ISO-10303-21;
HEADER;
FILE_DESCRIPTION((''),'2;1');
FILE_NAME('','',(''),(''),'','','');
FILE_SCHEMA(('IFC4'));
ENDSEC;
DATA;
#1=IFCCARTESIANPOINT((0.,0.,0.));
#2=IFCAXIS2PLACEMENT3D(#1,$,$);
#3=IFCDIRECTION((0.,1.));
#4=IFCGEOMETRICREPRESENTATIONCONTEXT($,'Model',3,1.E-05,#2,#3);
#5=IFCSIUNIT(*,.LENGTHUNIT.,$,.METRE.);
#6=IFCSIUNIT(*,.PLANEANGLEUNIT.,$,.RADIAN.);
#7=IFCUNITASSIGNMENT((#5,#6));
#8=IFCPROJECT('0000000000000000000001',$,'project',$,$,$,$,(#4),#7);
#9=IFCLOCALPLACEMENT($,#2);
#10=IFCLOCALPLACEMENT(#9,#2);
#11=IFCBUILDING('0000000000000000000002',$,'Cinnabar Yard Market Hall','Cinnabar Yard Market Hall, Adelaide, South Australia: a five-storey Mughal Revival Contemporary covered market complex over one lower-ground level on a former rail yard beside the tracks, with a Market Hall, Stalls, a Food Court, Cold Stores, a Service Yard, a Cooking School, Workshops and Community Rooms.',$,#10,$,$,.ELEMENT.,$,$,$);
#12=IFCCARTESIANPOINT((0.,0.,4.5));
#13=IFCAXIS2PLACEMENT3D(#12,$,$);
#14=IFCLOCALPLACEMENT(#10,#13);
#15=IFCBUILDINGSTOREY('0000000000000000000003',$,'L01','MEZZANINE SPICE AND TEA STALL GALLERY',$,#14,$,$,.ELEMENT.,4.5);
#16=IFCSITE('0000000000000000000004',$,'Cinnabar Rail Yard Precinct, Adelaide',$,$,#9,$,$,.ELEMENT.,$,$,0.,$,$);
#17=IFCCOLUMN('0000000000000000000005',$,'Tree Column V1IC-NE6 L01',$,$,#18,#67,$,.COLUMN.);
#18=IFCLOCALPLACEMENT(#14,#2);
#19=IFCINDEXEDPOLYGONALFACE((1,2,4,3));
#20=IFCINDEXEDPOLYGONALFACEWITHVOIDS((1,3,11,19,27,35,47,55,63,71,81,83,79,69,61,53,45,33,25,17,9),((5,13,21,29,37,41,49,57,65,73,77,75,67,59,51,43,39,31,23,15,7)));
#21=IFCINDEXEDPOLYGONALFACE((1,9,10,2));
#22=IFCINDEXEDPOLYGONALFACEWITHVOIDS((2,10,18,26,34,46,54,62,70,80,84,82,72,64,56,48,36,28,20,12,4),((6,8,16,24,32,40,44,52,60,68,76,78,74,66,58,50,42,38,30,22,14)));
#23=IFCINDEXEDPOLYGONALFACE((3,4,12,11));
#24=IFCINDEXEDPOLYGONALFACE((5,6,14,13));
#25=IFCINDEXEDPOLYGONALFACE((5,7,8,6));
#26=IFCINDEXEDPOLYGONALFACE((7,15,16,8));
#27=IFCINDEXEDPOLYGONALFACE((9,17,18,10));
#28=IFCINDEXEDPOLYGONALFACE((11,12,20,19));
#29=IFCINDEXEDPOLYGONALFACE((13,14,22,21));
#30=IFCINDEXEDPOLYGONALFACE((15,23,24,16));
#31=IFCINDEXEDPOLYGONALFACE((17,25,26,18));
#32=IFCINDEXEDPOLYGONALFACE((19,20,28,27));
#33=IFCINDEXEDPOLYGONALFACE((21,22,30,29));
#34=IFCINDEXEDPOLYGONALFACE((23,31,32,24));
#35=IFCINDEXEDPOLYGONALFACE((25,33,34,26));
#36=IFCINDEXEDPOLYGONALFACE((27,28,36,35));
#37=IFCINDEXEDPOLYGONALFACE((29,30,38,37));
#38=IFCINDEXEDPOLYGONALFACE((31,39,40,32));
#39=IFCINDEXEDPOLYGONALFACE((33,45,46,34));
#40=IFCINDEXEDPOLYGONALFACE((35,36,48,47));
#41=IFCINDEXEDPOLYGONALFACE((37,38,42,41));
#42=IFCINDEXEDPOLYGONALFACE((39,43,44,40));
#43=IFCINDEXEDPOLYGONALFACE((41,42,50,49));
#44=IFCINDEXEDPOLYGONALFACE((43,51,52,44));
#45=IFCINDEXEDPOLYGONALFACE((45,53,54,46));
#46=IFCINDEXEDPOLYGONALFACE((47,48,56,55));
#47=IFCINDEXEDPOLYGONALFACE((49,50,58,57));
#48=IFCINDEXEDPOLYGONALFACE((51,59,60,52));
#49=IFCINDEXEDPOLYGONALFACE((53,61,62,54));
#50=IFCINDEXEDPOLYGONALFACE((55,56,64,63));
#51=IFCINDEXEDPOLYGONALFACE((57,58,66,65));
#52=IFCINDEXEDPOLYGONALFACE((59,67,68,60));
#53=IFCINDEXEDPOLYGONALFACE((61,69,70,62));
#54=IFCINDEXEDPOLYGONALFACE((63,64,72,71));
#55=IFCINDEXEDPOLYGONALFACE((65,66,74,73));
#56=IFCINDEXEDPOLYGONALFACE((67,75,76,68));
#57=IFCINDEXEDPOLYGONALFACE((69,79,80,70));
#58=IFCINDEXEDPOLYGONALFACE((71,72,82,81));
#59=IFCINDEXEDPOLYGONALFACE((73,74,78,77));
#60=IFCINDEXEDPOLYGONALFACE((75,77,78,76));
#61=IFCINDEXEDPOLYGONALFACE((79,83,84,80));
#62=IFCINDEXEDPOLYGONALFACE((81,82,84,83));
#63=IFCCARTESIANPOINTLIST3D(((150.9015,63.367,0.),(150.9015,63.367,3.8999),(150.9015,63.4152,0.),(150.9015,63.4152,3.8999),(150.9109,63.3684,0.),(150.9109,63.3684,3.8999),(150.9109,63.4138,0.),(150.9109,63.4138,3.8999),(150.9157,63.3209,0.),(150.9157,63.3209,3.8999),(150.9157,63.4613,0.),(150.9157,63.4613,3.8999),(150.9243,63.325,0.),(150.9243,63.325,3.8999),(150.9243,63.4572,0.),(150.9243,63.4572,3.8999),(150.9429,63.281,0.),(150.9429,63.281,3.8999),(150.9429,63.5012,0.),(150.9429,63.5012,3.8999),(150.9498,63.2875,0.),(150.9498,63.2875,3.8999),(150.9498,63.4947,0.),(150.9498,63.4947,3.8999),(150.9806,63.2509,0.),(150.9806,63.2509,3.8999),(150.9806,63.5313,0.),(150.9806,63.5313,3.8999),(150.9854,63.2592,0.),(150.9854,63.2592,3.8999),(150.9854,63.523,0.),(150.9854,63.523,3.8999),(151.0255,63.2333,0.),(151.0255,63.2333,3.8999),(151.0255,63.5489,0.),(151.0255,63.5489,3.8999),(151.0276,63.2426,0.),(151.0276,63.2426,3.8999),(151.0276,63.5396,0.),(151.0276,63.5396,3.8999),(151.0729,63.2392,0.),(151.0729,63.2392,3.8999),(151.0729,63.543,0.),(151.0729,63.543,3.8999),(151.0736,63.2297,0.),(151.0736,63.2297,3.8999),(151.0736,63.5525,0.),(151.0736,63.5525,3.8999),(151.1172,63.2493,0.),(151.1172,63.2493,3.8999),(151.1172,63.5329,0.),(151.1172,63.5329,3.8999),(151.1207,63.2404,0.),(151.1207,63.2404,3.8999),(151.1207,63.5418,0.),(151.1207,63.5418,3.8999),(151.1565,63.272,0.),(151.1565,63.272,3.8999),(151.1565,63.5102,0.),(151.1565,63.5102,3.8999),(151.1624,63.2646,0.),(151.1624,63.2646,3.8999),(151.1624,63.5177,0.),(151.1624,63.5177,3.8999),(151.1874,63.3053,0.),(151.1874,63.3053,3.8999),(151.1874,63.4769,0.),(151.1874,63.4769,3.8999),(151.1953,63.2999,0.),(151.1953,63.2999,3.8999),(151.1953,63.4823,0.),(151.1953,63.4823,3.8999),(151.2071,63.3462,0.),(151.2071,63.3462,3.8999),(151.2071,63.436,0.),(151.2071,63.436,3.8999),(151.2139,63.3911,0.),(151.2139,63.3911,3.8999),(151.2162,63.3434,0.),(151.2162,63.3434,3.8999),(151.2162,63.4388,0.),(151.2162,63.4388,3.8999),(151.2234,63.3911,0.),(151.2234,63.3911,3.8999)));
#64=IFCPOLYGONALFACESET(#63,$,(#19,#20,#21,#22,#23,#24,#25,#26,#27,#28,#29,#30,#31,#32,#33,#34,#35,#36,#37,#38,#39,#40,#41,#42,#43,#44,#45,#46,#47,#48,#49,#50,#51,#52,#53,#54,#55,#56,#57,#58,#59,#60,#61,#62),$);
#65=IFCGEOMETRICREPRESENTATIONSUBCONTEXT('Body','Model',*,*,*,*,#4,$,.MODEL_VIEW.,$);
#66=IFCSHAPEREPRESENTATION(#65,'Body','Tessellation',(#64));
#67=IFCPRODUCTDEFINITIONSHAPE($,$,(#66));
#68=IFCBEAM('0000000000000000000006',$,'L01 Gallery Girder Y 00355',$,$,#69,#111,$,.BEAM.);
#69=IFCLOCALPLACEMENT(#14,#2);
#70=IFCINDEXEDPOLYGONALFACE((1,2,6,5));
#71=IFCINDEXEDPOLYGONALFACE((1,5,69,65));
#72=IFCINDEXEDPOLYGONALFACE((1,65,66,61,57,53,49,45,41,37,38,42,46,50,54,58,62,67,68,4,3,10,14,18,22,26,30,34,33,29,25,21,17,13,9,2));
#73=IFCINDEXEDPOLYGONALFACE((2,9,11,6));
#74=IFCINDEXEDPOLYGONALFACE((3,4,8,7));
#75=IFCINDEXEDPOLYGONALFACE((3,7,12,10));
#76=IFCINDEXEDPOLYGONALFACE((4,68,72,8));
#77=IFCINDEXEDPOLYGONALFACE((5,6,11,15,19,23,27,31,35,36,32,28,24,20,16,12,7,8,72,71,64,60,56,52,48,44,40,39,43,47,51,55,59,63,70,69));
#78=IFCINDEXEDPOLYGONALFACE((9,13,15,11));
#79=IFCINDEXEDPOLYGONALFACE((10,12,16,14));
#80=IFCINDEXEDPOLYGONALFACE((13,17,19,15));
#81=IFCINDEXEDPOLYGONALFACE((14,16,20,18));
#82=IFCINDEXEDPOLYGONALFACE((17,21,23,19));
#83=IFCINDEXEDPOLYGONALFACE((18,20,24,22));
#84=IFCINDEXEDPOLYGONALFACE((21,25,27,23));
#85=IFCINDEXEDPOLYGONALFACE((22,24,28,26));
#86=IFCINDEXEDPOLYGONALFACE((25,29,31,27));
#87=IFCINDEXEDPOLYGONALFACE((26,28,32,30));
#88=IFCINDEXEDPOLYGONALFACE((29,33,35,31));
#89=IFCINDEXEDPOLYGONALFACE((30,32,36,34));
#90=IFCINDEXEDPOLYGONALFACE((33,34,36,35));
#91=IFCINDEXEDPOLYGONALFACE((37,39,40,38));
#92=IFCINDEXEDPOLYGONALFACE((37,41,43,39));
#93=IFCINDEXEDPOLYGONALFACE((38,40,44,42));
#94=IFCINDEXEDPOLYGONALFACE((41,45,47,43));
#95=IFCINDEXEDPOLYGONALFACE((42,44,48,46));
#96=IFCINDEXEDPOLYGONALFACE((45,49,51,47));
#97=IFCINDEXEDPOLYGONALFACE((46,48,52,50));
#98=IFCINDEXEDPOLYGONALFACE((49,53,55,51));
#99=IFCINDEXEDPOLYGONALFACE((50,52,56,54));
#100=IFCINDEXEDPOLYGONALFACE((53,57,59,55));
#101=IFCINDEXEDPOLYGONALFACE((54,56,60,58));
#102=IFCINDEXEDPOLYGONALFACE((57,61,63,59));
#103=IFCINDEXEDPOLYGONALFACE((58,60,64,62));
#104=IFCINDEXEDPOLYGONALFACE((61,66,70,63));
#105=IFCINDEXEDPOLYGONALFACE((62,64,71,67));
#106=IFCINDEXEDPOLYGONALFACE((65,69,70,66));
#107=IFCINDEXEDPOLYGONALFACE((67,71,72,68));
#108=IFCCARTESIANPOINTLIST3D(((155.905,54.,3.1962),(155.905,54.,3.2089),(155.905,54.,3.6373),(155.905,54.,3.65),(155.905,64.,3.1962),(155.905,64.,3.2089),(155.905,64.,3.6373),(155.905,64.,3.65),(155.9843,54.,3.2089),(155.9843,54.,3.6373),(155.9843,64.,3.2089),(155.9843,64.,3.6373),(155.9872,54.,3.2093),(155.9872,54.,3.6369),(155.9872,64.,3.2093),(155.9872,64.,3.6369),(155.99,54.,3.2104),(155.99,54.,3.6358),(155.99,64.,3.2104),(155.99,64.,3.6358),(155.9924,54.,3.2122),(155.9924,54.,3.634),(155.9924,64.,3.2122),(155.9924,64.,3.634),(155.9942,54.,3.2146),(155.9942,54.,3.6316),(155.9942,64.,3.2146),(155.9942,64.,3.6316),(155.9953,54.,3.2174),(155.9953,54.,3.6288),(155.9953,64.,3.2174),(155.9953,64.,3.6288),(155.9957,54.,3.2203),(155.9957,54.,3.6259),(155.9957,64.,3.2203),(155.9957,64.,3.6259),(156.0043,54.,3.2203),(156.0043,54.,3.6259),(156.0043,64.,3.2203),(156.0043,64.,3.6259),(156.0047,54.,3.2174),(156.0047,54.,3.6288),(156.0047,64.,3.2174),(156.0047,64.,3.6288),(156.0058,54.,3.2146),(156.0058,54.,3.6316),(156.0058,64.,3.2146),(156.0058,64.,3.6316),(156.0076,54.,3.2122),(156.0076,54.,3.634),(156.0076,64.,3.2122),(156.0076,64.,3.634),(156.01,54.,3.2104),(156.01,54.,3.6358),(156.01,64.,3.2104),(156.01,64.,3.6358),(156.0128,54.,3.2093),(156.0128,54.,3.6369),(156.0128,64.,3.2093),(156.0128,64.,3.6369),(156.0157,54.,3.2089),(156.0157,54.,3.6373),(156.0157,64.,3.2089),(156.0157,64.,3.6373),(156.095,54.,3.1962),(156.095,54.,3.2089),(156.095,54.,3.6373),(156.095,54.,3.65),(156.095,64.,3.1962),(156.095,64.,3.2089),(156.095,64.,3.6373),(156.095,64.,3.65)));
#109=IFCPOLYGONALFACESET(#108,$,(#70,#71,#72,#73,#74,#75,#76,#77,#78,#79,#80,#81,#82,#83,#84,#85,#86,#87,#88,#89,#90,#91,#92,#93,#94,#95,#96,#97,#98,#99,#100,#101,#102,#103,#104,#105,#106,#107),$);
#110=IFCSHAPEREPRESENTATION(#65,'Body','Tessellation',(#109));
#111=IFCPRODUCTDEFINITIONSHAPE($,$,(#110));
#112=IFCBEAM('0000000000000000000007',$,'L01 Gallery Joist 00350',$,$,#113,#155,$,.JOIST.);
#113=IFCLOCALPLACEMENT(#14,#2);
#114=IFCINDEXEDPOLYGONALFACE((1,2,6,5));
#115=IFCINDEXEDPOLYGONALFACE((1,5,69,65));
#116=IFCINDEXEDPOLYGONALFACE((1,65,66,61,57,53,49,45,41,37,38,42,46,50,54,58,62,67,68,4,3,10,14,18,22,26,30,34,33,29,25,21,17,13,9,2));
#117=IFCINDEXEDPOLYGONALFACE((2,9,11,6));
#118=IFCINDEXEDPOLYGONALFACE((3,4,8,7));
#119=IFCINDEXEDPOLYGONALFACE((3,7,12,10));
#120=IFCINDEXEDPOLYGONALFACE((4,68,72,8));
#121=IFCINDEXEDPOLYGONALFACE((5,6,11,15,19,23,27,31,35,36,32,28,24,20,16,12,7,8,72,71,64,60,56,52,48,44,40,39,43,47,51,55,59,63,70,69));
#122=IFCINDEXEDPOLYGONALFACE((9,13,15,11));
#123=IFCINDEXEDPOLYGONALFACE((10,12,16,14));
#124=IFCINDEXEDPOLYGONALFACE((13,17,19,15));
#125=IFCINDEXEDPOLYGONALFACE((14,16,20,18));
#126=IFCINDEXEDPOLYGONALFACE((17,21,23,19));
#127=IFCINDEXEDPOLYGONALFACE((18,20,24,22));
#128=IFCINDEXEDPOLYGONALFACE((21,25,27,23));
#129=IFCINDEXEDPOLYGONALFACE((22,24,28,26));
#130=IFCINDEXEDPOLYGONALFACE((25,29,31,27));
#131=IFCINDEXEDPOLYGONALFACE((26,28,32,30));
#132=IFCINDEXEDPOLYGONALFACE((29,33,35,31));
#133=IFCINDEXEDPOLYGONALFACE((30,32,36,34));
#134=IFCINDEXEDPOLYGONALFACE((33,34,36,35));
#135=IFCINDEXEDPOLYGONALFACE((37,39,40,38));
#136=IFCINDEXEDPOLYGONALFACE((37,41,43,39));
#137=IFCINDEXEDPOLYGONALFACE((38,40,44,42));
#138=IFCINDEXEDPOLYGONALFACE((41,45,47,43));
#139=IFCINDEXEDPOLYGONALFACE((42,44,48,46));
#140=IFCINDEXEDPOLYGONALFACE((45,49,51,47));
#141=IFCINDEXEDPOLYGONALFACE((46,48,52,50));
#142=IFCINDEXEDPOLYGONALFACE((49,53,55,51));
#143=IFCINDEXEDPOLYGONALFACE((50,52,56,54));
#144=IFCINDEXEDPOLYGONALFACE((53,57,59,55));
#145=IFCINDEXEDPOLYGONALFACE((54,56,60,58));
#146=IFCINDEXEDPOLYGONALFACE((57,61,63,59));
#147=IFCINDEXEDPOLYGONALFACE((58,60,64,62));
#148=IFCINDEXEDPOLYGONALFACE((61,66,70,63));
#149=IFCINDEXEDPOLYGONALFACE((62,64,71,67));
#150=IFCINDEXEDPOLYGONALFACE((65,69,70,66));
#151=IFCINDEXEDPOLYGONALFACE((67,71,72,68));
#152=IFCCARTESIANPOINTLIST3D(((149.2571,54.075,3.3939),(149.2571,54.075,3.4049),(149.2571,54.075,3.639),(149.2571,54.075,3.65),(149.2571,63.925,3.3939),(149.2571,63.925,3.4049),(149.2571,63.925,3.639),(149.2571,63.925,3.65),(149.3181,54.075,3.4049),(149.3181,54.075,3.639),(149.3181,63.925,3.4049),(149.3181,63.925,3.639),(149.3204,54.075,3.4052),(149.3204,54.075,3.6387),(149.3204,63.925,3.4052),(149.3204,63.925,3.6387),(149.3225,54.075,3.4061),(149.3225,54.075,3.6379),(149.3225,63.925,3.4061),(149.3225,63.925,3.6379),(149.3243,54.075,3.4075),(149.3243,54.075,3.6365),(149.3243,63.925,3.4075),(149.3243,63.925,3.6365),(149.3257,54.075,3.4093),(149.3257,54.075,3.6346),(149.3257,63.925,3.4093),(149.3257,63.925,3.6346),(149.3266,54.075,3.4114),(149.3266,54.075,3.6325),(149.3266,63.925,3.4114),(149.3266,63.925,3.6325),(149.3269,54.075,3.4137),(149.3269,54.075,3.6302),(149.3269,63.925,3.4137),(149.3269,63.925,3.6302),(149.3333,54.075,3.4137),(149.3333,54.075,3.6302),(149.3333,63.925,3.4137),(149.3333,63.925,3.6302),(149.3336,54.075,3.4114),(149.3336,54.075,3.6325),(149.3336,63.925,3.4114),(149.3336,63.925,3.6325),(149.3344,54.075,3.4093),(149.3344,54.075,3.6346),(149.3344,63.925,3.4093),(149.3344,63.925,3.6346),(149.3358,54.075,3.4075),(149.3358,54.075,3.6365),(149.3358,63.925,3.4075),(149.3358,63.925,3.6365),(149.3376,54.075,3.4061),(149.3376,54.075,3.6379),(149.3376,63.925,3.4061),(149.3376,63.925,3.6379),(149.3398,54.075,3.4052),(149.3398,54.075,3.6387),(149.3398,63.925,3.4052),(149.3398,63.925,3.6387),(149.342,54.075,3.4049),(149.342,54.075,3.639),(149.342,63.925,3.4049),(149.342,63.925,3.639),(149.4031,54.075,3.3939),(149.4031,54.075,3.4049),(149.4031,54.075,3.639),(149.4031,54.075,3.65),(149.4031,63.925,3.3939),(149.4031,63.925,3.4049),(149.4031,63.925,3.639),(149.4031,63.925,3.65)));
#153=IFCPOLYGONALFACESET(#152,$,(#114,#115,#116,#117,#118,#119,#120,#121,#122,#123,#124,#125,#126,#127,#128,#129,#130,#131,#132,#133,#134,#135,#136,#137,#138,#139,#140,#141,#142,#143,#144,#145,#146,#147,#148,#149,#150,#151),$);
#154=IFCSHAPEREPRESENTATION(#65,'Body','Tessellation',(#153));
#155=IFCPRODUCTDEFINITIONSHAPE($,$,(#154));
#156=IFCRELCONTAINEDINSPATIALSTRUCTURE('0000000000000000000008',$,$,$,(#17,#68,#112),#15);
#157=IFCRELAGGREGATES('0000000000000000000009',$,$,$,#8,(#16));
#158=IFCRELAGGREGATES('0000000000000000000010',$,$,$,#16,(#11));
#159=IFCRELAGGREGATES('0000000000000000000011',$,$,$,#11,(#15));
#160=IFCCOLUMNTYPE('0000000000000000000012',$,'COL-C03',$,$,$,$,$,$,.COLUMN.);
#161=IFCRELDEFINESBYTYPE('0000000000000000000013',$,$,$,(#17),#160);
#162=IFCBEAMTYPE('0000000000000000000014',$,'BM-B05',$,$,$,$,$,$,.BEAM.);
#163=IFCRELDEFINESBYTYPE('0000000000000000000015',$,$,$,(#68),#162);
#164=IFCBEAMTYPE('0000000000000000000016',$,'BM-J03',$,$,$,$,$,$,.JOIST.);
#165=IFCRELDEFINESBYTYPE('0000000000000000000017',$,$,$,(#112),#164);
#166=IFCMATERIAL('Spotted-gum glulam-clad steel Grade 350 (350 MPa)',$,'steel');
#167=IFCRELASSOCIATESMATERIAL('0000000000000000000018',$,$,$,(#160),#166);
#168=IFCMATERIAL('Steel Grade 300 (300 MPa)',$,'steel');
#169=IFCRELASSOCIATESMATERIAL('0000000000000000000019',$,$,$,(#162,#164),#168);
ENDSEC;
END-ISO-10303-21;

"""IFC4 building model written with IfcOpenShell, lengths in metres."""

from ifc_helpers import new_model, si_unit, direction, frame, origin, origin_2d_with_axis, place, context, subcontext, project, spatial, hollow_circle, i_section, extrude, material, material_profile, profile_set, type_object, element, save


model = new_model("IFC4")

# Units and contexts
model_context = context("Model", 3, precision=1e-05, world=origin(), true_north=direction((0.0, 1.0)))
body_context = subcontext(model_context, "Body", "Model", "MODEL_VIEW")
ifc_project = project(units=[si_unit("LENGTHUNIT", "METRE"), si_unit("PLANEANGLEUNIT", "RADIAN")], contexts=[model_context])

# Site, building, storey
site_placement = place(None, origin())
site = spatial("IfcSite", under=ifc_project, at=site_placement, Name="Cinnabar Rail Yard Precinct, Adelaide", CompositionType="ELEMENT", RefElevation=0.0)
building_placement = place(site_placement, origin())
building = spatial("IfcBuilding", under=site, at=building_placement, Name="Cinnabar Yard Market Hall", Description="Cinnabar Yard Market Hall, Adelaide, South Australia: a five-storey Mughal Revival Contemporary covered market complex over one lower-ground level on a former rail yard beside the tracks, with a Market Hall, Stalls, a Food Court, Cold Stores, a Service Yard, a Cooking School, Workshops and Community Rooms.", CompositionType="ELEMENT")
storey_placement = place(building_placement, frame((0.0, 0.0, 4.5)))
storey = spatial("IfcBuildingStorey", under=building, at=storey_placement, Name="L01", Description="MEZZANINE SPICE AND TEA STALL GALLERY", CompositionType="ELEMENT", Elevation=4.5)

# Column
ifc_material_1 = material(Name="Spotted-gum glulam-clad steel Grade 350 (350 MPa)", Category="steel")
ifc_material_profile_1 = material_profile(ifc_material_1, hollow_circle(Radius=0.1619, WallThickness=0.0095, at=origin_2d_with_axis()), Name="323.9x9.5CHS")
ifc_profile_set_1 = profile_set([ifc_material_profile_1], Name="Spotted-gum glulam-clad steel Grade 350 (350 MPa)")
column_type_1 = type_object("IfcColumnType", Name="COL-C03", PredefinedType="COLUMN", material=ifc_profile_set_1)
for number, where, z_axis, x_axis, name in (
    (1, (151.0615, 63.3911, 0.0), (0.0, 0.0, 1.0), (1.0, 0.0, 0.0), "Tree Column V1IC-NE6 L01"),
):
    element("IfcColumn", number, at=place(storey_placement, frame(where, z_axis=z_axis, x_axis=x_axis)), inside=storey, type_object=column_type_1, Name=name, PredefinedType="COLUMN", context=body_context, shape_type="SweptSolid", body=[
        extrude(hollow_circle(Radius=0.1619, WallThickness=0.0095, at=origin_2d_with_axis()), origin(), (0.0, 0.0, 1.0), 3.8999),
    ])

# Beams
ifc_material_2 = material(Name="Steel Grade 300 (300 MPa)", Category="steel")
ifc_material_profile_2 = material_profile(ifc_material_2, i_section(OverallWidth=0.1899, OverallDepth=0.4539, WebThickness=0.0085, FlangeThickness=0.0127, FilletRadius=0.0115, at=origin_2d_with_axis()), Name="460UB67.1")
ifc_profile_set_2 = profile_set([ifc_material_profile_2], Name="Steel Grade 300 (300 MPa)")
beam_type_1 = type_object("IfcBeamType", Name="BM-B05", PredefinedType="BEAM", material=ifc_profile_set_2)
beam_placement = place(storey_placement, frame((156.0, 54.0, 3.4231), z_axis=(0.0, 1.0, 0.0), x_axis=(-1.0, 0.0, 0.0)))
element("IfcBeam", 2, at=beam_placement, inside=storey, type_object=beam_type_1, Name="L01 Gallery Girder Y 00355", PredefinedType="BEAM", context=body_context, shape_type="SweptSolid", body=[
    extrude(i_section(OverallWidth=0.1899, OverallDepth=0.4539, WebThickness=0.0085, FlangeThickness=0.0127, FilletRadius=0.0115, at=origin_2d_with_axis()), origin(), (0.0, 0.0, 1.0), 10.0),
])
ifc_material_profile_3 = material_profile(ifc_material_2, i_section(OverallWidth=0.146, OverallDepth=0.2561, WebThickness=0.0063, FlangeThickness=0.011, FilletRadius=0.0088, at=origin_2d_with_axis()), Name="250UB37.3")
ifc_profile_set_3 = profile_set([ifc_material_profile_3], Name="Steel Grade 300 (300 MPa)")
beam_type_2 = type_object("IfcBeamType", Name="BM-J03", PredefinedType="JOIST", material=ifc_profile_set_3)
for number, where, z_axis, x_axis, name in (
    (3, (149.3301, 54.075, 3.522), (0.0, 1.0, 0.0), (-1.0, 0.0, 0.0), "L01 Gallery Joist 00350"),
):
    element("IfcBeam", number, at=place(storey_placement, frame(where, z_axis=z_axis, x_axis=x_axis)), inside=storey, type_object=beam_type_2, Name=name, PredefinedType="JOIST", context=body_context, shape_type="SweptSolid", body=[
        extrude(i_section(OverallWidth=0.146, OverallDepth=0.2561, WebThickness=0.0063, FlangeThickness=0.011, FilletRadius=0.0088, at=origin_2d_with_axis()), origin(), (0.0, 0.0, 1.0), 9.8501),
    ])

save(model, "model.ifc")
